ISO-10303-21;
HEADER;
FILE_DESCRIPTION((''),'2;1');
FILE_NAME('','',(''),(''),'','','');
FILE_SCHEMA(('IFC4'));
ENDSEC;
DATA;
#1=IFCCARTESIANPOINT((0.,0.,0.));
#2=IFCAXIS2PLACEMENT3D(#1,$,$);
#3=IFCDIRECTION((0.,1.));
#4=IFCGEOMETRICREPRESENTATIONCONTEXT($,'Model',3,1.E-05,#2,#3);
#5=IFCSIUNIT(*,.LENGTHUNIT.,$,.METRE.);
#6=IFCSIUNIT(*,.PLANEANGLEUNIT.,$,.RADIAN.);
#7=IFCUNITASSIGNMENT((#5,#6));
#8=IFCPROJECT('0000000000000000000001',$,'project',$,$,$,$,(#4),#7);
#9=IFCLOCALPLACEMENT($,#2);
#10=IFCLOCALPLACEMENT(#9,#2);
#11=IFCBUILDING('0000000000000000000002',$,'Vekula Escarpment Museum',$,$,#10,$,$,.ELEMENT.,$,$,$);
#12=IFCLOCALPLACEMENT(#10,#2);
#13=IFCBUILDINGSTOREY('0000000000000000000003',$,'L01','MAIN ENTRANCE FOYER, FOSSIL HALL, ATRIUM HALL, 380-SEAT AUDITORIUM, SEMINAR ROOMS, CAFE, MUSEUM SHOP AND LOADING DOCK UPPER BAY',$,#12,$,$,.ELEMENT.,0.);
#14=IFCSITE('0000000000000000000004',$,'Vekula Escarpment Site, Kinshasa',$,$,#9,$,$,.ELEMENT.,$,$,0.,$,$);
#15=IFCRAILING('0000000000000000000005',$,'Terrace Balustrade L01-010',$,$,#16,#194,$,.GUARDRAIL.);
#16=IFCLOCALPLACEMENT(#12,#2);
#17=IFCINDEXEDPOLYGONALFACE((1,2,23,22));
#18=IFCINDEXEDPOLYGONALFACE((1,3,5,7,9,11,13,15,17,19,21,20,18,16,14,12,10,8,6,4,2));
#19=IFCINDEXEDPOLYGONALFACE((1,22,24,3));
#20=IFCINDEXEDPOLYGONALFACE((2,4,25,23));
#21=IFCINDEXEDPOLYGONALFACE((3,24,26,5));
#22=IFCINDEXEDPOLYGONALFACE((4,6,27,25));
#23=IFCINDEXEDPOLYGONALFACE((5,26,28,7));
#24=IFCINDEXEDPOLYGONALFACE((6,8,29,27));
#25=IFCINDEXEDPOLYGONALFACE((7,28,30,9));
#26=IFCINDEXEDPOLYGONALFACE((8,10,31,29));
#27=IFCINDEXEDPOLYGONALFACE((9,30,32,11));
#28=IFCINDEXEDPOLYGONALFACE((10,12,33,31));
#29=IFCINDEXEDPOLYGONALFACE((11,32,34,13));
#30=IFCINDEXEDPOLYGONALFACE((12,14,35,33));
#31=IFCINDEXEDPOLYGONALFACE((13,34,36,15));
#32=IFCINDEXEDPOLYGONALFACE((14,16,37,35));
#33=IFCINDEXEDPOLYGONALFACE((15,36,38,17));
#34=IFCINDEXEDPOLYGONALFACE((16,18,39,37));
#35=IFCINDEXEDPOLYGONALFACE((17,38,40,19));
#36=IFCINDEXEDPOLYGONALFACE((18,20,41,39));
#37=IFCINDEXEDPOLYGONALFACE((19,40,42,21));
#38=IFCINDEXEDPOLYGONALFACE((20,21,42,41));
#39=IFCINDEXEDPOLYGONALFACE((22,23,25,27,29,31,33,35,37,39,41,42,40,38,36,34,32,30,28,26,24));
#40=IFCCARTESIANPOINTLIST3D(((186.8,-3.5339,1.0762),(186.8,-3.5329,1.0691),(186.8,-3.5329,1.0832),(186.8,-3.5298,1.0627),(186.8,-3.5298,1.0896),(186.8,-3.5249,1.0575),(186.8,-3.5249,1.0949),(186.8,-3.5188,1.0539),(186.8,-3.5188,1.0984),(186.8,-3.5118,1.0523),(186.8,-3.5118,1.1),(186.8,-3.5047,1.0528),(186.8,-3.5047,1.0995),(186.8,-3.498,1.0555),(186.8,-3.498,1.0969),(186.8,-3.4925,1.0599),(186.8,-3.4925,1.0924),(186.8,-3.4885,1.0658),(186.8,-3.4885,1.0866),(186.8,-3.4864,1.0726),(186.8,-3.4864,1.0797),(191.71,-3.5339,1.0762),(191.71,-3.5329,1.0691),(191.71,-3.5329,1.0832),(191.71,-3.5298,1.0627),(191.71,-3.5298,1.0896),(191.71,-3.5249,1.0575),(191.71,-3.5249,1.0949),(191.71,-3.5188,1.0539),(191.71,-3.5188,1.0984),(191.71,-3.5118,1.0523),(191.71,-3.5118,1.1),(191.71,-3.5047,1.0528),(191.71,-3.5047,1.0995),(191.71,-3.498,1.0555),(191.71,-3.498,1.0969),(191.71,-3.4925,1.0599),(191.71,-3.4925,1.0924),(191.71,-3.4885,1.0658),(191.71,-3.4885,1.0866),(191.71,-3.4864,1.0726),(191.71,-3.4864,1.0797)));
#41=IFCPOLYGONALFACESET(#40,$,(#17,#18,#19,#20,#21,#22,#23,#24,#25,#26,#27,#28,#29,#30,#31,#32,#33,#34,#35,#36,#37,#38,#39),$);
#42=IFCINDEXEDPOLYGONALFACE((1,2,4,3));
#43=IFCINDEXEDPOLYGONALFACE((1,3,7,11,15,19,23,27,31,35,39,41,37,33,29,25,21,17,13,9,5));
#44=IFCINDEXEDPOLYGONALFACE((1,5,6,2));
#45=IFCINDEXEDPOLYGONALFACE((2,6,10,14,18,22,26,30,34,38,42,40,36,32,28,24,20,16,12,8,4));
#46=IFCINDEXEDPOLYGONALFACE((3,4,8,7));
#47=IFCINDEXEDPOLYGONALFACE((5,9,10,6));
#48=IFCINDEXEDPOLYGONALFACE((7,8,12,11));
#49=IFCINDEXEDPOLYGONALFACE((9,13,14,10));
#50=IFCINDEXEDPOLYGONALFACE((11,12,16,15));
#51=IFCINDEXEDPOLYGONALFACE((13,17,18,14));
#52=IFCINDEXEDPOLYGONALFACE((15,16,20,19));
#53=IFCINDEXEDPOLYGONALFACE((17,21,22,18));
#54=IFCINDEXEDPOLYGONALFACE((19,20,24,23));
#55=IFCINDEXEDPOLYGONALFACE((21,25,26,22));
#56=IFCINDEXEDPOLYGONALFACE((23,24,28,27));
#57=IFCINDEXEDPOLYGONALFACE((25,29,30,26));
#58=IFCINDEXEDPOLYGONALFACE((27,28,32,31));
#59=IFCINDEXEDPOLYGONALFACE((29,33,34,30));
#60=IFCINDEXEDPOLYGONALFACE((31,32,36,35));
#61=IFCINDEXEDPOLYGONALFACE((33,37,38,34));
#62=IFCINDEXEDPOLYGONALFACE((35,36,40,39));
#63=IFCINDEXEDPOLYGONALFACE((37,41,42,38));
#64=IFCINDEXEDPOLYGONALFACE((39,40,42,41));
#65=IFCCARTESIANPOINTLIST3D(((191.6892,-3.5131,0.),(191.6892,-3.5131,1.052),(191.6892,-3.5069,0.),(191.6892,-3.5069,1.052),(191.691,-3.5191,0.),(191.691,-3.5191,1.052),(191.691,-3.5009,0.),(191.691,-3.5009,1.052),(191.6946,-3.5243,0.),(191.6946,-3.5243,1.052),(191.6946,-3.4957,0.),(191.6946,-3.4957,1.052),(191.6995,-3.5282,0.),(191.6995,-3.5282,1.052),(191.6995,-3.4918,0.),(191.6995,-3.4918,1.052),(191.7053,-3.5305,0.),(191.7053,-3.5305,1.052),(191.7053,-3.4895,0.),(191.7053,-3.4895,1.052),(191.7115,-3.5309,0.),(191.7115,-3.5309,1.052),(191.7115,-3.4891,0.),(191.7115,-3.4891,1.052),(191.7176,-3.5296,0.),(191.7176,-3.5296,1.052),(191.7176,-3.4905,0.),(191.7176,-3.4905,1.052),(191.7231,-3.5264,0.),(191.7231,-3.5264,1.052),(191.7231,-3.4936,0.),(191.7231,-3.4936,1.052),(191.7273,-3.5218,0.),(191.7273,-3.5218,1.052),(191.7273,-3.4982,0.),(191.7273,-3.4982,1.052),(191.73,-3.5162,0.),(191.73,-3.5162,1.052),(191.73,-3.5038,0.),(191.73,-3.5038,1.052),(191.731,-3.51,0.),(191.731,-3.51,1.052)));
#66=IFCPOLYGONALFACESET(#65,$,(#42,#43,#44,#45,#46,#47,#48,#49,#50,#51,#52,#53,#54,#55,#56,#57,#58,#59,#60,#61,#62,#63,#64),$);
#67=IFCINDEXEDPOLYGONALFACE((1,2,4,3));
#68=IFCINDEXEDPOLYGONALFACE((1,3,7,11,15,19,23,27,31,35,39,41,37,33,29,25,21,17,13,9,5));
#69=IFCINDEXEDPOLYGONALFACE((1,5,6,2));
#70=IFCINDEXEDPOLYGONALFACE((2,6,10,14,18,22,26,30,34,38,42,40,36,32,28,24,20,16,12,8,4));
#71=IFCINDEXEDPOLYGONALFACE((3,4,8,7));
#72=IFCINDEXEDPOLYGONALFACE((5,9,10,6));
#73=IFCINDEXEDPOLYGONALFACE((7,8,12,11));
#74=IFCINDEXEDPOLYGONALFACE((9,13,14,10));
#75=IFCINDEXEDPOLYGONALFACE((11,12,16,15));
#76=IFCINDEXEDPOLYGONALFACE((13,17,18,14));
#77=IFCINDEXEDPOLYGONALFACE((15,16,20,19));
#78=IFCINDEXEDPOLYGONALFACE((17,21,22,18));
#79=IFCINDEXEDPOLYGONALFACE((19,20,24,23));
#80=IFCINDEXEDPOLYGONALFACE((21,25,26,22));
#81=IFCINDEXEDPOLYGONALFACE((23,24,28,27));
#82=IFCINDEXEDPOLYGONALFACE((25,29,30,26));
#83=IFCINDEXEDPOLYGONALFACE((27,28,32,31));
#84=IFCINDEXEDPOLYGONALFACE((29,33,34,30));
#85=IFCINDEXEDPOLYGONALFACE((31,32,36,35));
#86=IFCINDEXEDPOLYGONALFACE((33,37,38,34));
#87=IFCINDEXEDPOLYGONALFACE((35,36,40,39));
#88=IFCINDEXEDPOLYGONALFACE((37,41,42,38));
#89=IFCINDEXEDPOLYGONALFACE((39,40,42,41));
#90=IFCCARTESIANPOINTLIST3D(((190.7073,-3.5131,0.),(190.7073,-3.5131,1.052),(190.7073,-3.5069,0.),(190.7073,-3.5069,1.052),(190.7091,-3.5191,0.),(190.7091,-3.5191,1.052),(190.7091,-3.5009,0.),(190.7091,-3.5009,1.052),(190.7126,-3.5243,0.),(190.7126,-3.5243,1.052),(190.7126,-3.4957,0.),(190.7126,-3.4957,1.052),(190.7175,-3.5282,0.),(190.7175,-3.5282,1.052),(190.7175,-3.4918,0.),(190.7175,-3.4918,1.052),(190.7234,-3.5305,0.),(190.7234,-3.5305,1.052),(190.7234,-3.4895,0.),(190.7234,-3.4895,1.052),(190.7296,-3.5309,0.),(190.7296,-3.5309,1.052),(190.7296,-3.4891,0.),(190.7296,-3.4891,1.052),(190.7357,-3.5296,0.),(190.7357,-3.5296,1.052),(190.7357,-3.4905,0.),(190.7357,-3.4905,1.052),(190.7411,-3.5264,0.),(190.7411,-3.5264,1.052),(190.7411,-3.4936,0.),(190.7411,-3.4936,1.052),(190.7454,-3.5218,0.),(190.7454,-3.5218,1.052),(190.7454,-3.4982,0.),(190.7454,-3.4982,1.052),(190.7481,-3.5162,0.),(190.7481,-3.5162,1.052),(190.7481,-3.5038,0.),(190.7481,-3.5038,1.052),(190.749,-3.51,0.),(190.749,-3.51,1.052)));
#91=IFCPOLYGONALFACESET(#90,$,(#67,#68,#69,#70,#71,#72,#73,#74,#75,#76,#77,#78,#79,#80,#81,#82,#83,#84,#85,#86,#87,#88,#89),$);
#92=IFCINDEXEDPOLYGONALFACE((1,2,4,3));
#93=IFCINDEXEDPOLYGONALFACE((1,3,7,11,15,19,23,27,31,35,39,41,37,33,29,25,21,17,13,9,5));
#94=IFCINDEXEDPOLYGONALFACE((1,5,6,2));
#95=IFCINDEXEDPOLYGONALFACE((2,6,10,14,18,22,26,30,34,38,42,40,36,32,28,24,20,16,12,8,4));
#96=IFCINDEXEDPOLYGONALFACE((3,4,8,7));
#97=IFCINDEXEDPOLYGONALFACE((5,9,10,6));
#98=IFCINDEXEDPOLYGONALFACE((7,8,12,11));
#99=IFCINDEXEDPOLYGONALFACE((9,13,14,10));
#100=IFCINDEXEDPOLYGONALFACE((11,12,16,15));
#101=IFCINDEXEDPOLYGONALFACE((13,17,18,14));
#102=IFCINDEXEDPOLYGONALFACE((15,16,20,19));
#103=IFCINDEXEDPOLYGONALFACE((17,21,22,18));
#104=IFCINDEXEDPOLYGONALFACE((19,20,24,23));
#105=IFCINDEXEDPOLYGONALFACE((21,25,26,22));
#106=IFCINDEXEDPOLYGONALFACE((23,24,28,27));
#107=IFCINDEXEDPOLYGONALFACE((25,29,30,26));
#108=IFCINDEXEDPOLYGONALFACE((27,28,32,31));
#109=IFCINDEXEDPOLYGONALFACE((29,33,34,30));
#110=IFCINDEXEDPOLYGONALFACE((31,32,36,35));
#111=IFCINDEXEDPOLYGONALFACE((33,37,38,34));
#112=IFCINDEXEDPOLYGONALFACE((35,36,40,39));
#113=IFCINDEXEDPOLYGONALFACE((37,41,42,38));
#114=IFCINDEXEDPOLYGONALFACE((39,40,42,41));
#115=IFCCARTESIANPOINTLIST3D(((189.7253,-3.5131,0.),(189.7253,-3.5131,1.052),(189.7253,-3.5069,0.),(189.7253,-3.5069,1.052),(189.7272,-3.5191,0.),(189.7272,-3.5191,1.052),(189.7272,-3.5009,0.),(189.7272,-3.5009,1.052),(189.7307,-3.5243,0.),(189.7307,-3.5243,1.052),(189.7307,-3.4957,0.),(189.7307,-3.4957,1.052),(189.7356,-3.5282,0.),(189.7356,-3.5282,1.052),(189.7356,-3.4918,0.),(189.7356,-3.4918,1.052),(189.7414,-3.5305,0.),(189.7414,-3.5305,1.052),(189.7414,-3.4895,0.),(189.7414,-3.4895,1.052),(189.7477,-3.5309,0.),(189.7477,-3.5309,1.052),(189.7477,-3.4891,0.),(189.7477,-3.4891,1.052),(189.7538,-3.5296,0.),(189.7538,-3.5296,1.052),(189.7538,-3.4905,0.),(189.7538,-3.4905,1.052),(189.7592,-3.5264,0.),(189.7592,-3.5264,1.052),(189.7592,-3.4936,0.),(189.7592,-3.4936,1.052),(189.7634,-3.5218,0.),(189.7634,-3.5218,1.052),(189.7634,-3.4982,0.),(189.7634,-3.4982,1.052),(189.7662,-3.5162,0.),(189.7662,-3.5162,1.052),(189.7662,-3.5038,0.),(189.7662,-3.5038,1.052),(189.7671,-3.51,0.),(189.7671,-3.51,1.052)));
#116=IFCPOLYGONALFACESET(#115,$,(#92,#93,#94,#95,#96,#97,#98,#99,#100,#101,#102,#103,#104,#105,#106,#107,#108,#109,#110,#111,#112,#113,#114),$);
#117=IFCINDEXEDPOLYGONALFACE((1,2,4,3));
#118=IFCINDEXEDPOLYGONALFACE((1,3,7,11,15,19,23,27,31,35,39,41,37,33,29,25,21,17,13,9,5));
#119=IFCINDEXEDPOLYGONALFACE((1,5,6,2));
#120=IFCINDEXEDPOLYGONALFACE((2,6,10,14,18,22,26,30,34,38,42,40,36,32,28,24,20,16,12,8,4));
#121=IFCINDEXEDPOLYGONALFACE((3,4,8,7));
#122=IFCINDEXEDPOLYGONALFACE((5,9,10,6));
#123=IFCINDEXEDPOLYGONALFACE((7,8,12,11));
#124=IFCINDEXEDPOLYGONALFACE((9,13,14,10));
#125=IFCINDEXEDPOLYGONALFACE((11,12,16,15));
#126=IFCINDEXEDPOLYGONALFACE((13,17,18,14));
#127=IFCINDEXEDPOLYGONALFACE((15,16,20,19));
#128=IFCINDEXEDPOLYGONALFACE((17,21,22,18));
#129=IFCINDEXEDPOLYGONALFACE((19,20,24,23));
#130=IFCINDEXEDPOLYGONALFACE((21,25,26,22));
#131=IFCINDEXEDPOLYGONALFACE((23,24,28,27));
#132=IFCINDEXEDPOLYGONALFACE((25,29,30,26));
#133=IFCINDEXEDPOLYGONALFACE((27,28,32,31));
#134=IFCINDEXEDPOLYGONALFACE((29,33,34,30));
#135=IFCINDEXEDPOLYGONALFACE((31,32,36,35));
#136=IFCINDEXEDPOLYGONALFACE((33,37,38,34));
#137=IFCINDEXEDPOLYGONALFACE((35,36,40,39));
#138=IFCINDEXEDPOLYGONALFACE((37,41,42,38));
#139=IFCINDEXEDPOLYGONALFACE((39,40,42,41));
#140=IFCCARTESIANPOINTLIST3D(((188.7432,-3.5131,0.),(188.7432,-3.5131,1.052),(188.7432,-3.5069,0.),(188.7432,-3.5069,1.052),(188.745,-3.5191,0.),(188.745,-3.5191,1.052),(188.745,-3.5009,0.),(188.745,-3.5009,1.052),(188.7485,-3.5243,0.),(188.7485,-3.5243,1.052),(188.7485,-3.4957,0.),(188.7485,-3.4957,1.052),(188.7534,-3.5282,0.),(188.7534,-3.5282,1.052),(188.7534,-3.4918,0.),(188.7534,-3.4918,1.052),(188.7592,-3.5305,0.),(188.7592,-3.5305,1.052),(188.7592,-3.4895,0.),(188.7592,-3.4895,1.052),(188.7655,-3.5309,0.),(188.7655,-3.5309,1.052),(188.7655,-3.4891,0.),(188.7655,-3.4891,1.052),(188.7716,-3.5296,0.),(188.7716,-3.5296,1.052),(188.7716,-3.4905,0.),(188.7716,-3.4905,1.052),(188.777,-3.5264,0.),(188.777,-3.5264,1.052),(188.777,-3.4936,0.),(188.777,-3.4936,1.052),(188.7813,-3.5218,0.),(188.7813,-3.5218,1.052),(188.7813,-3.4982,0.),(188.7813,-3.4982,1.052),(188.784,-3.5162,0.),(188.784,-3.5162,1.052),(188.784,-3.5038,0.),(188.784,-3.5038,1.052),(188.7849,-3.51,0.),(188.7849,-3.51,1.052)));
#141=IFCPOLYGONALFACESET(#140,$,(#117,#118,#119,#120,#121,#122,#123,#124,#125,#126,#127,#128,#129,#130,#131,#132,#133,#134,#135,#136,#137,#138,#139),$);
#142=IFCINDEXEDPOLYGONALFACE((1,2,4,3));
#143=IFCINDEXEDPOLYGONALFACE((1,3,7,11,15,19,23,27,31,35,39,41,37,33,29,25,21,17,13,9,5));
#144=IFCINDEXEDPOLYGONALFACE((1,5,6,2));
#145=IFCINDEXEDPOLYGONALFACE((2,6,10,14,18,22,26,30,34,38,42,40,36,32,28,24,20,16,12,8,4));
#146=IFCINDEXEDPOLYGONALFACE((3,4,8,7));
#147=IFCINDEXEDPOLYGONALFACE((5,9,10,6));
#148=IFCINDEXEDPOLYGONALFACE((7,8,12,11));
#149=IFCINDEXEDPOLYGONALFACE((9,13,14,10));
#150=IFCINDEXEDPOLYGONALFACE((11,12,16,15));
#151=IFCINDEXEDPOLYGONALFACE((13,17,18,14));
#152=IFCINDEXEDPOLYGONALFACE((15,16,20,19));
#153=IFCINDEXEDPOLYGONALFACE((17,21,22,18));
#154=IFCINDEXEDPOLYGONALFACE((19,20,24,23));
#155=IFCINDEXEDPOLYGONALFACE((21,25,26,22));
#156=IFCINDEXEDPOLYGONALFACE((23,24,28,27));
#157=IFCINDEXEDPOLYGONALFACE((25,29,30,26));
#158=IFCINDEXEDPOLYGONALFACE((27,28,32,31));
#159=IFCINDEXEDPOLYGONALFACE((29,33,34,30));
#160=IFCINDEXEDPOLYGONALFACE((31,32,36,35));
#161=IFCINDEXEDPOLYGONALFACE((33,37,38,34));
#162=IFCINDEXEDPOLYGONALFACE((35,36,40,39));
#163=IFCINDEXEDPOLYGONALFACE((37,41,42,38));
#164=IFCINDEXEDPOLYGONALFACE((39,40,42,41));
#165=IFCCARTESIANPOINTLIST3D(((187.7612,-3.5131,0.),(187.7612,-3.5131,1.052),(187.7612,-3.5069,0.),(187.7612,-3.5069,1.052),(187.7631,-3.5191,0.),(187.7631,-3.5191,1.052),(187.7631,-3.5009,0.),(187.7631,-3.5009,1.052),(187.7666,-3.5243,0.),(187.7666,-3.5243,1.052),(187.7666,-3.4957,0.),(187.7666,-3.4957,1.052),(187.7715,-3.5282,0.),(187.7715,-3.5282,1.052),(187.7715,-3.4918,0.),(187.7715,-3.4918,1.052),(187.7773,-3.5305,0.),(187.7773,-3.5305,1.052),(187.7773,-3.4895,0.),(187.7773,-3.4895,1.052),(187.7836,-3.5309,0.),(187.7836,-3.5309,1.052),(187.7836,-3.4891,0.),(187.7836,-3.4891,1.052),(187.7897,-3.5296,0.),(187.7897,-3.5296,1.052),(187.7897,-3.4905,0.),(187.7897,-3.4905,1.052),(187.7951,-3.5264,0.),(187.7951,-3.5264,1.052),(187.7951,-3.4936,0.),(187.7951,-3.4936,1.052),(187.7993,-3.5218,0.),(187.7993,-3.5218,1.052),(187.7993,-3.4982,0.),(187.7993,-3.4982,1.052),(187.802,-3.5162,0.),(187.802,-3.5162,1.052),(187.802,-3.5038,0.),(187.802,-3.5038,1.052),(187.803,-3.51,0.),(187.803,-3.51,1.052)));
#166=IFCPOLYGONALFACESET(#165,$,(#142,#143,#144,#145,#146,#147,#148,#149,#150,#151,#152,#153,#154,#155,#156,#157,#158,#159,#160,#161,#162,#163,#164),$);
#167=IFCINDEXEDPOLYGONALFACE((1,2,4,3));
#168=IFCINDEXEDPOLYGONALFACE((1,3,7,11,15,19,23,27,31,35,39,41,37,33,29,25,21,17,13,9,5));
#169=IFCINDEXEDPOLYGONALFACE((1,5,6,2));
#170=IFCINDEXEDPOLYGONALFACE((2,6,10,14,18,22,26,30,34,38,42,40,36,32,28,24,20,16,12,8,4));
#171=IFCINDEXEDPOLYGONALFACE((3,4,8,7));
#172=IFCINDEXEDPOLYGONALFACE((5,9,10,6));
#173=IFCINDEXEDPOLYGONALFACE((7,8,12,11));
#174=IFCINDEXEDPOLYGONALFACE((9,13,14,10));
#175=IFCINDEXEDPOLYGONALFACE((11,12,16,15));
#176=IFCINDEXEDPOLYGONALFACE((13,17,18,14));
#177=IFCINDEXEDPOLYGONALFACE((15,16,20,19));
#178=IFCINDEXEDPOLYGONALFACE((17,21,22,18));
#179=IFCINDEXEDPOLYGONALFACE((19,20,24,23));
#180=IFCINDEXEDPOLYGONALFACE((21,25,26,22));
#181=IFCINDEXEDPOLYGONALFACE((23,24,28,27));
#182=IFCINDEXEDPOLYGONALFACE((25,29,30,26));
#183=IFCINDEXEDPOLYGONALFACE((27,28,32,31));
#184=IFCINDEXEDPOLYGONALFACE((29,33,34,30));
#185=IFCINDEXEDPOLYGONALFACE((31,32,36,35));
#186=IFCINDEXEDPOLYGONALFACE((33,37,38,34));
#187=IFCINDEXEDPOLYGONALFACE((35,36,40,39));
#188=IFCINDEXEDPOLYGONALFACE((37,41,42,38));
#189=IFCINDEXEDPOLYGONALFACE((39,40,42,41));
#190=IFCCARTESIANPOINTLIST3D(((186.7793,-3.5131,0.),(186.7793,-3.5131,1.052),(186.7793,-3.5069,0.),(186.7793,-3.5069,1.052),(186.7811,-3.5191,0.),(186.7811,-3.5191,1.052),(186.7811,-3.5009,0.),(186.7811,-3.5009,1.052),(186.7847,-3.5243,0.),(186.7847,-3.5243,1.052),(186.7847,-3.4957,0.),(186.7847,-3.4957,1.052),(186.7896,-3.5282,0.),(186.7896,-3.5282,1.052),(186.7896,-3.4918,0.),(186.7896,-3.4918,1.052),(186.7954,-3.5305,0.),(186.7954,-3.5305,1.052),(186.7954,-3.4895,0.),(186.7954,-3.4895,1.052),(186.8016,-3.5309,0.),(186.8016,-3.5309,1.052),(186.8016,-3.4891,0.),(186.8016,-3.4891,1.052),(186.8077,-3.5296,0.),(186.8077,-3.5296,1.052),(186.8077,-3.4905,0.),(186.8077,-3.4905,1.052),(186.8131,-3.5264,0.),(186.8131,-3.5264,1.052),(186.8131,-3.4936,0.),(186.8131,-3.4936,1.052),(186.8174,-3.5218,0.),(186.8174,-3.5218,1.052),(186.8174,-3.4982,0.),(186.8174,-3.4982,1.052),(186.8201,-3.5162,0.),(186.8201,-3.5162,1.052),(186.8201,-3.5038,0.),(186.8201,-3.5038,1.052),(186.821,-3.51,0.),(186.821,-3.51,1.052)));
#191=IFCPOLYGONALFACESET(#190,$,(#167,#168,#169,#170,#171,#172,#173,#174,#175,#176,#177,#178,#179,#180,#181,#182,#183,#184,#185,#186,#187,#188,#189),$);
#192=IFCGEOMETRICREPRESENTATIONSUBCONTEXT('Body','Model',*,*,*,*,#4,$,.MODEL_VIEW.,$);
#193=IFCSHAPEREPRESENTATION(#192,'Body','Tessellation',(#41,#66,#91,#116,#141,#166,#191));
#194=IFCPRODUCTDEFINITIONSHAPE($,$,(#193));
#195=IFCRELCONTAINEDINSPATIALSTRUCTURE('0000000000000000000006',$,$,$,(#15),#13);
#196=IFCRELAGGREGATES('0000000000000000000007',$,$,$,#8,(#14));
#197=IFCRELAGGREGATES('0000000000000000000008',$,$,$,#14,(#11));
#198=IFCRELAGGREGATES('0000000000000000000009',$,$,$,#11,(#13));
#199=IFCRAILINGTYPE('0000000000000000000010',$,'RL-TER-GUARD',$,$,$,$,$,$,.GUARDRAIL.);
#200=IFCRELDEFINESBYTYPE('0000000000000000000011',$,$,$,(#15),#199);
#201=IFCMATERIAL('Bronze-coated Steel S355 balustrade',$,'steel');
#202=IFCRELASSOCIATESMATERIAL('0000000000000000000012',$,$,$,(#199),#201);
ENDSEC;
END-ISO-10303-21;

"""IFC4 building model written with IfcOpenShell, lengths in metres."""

from ifc_helpers import new_model, si_unit, direction, frame, origin, origin_2d, place, context, subcontext, project, spatial, circle, extrude, material, type_object, element, save


model = new_model("IFC4")

# Units and contexts
model_context = context("Model", 3, precision=1e-05, world=origin(), true_north=direction((0.0, 1.0)))
body_context = subcontext(model_context, "Body", "Model", "MODEL_VIEW")
ifc_project = project(units=[si_unit("LENGTHUNIT", "METRE"), si_unit("PLANEANGLEUNIT", "RADIAN")], contexts=[model_context])

# Site, building, storey
site_placement = place(None, origin())
site = spatial("IfcSite", under=ifc_project, at=site_placement, Name="Vekula Escarpment Site, Kinshasa", CompositionType="ELEMENT", RefElevation=0.0)
building_placement = place(site_placement, origin())
building = spatial("IfcBuilding", under=site, at=building_placement, Name="Vekula Escarpment Museum", CompositionType="ELEMENT")
storey_placement = place(building_placement, origin())
storey = spatial("IfcBuildingStorey", under=building, at=storey_placement, Name="L01", Description="MAIN ENTRANCE FOYER, FOSSIL HALL, ATRIUM HALL, 380-SEAT AUDITORIUM, SEMINAR ROOMS, CAFE, MUSEUM SHOP AND LOADING DOCK UPPER BAY", CompositionType="ELEMENT", Elevation=0.0)

# Railing
ifc_material_1 = material(Name="Bronze-coated Steel S355 balustrade", Category="steel")
railing_type = type_object("IfcRailingType", Name="RL-TER-GUARD", PredefinedType="GUARDRAIL", material=ifc_material_1)
railing_1_placement = place(storey_placement, frame((191.71, -3.51, 0.0)))
element("IfcRailing", 1, at=railing_1_placement, inside=storey, type_object=railing_type, Name="Terrace Balustrade L01-010", PredefinedType="GUARDRAIL", context=body_context, shape_type="SweptSolid", body=[
    extrude(circle(Radius=0.0239, at=origin_2d()), frame((0.0, 0.0, 1.0762), z_axis=(-1.0, 0.0, 0.0), x_axis=(0.0, -1.0, 0.0)), (0.0, 0.0, 1.0), 4.9099),
    extrude(circle(Radius=0.021, at=origin_2d()), origin(), (0.0, 0.0, 1.0), 1.052),
    extrude(circle(Radius=0.021, at=origin_2d()), frame((-0.9819, 0.0, 0.0)), (0.0, 0.0, 1.0), 1.052),
    extrude(circle(Radius=0.021, at=origin_2d()), frame((-1.9639, 0.0, 0.0)), (0.0, 0.0, 1.0), 1.052),
    extrude(circle(Radius=0.021, at=origin_2d()), frame((-2.946, 0.0, 0.0)), (0.0, 0.0, 1.0), 1.052),
    extrude(circle(Radius=0.021, at=origin_2d()), frame((-3.928, 0.0, 0.0)), (0.0, 0.0, 1.0), 1.052),
    extrude(circle(Radius=0.021, at=origin_2d()), frame((-4.9099, 0.0, 0.0)), (0.0, 0.0, 1.0), 1.052),
])

save(model, "model.ifc")
